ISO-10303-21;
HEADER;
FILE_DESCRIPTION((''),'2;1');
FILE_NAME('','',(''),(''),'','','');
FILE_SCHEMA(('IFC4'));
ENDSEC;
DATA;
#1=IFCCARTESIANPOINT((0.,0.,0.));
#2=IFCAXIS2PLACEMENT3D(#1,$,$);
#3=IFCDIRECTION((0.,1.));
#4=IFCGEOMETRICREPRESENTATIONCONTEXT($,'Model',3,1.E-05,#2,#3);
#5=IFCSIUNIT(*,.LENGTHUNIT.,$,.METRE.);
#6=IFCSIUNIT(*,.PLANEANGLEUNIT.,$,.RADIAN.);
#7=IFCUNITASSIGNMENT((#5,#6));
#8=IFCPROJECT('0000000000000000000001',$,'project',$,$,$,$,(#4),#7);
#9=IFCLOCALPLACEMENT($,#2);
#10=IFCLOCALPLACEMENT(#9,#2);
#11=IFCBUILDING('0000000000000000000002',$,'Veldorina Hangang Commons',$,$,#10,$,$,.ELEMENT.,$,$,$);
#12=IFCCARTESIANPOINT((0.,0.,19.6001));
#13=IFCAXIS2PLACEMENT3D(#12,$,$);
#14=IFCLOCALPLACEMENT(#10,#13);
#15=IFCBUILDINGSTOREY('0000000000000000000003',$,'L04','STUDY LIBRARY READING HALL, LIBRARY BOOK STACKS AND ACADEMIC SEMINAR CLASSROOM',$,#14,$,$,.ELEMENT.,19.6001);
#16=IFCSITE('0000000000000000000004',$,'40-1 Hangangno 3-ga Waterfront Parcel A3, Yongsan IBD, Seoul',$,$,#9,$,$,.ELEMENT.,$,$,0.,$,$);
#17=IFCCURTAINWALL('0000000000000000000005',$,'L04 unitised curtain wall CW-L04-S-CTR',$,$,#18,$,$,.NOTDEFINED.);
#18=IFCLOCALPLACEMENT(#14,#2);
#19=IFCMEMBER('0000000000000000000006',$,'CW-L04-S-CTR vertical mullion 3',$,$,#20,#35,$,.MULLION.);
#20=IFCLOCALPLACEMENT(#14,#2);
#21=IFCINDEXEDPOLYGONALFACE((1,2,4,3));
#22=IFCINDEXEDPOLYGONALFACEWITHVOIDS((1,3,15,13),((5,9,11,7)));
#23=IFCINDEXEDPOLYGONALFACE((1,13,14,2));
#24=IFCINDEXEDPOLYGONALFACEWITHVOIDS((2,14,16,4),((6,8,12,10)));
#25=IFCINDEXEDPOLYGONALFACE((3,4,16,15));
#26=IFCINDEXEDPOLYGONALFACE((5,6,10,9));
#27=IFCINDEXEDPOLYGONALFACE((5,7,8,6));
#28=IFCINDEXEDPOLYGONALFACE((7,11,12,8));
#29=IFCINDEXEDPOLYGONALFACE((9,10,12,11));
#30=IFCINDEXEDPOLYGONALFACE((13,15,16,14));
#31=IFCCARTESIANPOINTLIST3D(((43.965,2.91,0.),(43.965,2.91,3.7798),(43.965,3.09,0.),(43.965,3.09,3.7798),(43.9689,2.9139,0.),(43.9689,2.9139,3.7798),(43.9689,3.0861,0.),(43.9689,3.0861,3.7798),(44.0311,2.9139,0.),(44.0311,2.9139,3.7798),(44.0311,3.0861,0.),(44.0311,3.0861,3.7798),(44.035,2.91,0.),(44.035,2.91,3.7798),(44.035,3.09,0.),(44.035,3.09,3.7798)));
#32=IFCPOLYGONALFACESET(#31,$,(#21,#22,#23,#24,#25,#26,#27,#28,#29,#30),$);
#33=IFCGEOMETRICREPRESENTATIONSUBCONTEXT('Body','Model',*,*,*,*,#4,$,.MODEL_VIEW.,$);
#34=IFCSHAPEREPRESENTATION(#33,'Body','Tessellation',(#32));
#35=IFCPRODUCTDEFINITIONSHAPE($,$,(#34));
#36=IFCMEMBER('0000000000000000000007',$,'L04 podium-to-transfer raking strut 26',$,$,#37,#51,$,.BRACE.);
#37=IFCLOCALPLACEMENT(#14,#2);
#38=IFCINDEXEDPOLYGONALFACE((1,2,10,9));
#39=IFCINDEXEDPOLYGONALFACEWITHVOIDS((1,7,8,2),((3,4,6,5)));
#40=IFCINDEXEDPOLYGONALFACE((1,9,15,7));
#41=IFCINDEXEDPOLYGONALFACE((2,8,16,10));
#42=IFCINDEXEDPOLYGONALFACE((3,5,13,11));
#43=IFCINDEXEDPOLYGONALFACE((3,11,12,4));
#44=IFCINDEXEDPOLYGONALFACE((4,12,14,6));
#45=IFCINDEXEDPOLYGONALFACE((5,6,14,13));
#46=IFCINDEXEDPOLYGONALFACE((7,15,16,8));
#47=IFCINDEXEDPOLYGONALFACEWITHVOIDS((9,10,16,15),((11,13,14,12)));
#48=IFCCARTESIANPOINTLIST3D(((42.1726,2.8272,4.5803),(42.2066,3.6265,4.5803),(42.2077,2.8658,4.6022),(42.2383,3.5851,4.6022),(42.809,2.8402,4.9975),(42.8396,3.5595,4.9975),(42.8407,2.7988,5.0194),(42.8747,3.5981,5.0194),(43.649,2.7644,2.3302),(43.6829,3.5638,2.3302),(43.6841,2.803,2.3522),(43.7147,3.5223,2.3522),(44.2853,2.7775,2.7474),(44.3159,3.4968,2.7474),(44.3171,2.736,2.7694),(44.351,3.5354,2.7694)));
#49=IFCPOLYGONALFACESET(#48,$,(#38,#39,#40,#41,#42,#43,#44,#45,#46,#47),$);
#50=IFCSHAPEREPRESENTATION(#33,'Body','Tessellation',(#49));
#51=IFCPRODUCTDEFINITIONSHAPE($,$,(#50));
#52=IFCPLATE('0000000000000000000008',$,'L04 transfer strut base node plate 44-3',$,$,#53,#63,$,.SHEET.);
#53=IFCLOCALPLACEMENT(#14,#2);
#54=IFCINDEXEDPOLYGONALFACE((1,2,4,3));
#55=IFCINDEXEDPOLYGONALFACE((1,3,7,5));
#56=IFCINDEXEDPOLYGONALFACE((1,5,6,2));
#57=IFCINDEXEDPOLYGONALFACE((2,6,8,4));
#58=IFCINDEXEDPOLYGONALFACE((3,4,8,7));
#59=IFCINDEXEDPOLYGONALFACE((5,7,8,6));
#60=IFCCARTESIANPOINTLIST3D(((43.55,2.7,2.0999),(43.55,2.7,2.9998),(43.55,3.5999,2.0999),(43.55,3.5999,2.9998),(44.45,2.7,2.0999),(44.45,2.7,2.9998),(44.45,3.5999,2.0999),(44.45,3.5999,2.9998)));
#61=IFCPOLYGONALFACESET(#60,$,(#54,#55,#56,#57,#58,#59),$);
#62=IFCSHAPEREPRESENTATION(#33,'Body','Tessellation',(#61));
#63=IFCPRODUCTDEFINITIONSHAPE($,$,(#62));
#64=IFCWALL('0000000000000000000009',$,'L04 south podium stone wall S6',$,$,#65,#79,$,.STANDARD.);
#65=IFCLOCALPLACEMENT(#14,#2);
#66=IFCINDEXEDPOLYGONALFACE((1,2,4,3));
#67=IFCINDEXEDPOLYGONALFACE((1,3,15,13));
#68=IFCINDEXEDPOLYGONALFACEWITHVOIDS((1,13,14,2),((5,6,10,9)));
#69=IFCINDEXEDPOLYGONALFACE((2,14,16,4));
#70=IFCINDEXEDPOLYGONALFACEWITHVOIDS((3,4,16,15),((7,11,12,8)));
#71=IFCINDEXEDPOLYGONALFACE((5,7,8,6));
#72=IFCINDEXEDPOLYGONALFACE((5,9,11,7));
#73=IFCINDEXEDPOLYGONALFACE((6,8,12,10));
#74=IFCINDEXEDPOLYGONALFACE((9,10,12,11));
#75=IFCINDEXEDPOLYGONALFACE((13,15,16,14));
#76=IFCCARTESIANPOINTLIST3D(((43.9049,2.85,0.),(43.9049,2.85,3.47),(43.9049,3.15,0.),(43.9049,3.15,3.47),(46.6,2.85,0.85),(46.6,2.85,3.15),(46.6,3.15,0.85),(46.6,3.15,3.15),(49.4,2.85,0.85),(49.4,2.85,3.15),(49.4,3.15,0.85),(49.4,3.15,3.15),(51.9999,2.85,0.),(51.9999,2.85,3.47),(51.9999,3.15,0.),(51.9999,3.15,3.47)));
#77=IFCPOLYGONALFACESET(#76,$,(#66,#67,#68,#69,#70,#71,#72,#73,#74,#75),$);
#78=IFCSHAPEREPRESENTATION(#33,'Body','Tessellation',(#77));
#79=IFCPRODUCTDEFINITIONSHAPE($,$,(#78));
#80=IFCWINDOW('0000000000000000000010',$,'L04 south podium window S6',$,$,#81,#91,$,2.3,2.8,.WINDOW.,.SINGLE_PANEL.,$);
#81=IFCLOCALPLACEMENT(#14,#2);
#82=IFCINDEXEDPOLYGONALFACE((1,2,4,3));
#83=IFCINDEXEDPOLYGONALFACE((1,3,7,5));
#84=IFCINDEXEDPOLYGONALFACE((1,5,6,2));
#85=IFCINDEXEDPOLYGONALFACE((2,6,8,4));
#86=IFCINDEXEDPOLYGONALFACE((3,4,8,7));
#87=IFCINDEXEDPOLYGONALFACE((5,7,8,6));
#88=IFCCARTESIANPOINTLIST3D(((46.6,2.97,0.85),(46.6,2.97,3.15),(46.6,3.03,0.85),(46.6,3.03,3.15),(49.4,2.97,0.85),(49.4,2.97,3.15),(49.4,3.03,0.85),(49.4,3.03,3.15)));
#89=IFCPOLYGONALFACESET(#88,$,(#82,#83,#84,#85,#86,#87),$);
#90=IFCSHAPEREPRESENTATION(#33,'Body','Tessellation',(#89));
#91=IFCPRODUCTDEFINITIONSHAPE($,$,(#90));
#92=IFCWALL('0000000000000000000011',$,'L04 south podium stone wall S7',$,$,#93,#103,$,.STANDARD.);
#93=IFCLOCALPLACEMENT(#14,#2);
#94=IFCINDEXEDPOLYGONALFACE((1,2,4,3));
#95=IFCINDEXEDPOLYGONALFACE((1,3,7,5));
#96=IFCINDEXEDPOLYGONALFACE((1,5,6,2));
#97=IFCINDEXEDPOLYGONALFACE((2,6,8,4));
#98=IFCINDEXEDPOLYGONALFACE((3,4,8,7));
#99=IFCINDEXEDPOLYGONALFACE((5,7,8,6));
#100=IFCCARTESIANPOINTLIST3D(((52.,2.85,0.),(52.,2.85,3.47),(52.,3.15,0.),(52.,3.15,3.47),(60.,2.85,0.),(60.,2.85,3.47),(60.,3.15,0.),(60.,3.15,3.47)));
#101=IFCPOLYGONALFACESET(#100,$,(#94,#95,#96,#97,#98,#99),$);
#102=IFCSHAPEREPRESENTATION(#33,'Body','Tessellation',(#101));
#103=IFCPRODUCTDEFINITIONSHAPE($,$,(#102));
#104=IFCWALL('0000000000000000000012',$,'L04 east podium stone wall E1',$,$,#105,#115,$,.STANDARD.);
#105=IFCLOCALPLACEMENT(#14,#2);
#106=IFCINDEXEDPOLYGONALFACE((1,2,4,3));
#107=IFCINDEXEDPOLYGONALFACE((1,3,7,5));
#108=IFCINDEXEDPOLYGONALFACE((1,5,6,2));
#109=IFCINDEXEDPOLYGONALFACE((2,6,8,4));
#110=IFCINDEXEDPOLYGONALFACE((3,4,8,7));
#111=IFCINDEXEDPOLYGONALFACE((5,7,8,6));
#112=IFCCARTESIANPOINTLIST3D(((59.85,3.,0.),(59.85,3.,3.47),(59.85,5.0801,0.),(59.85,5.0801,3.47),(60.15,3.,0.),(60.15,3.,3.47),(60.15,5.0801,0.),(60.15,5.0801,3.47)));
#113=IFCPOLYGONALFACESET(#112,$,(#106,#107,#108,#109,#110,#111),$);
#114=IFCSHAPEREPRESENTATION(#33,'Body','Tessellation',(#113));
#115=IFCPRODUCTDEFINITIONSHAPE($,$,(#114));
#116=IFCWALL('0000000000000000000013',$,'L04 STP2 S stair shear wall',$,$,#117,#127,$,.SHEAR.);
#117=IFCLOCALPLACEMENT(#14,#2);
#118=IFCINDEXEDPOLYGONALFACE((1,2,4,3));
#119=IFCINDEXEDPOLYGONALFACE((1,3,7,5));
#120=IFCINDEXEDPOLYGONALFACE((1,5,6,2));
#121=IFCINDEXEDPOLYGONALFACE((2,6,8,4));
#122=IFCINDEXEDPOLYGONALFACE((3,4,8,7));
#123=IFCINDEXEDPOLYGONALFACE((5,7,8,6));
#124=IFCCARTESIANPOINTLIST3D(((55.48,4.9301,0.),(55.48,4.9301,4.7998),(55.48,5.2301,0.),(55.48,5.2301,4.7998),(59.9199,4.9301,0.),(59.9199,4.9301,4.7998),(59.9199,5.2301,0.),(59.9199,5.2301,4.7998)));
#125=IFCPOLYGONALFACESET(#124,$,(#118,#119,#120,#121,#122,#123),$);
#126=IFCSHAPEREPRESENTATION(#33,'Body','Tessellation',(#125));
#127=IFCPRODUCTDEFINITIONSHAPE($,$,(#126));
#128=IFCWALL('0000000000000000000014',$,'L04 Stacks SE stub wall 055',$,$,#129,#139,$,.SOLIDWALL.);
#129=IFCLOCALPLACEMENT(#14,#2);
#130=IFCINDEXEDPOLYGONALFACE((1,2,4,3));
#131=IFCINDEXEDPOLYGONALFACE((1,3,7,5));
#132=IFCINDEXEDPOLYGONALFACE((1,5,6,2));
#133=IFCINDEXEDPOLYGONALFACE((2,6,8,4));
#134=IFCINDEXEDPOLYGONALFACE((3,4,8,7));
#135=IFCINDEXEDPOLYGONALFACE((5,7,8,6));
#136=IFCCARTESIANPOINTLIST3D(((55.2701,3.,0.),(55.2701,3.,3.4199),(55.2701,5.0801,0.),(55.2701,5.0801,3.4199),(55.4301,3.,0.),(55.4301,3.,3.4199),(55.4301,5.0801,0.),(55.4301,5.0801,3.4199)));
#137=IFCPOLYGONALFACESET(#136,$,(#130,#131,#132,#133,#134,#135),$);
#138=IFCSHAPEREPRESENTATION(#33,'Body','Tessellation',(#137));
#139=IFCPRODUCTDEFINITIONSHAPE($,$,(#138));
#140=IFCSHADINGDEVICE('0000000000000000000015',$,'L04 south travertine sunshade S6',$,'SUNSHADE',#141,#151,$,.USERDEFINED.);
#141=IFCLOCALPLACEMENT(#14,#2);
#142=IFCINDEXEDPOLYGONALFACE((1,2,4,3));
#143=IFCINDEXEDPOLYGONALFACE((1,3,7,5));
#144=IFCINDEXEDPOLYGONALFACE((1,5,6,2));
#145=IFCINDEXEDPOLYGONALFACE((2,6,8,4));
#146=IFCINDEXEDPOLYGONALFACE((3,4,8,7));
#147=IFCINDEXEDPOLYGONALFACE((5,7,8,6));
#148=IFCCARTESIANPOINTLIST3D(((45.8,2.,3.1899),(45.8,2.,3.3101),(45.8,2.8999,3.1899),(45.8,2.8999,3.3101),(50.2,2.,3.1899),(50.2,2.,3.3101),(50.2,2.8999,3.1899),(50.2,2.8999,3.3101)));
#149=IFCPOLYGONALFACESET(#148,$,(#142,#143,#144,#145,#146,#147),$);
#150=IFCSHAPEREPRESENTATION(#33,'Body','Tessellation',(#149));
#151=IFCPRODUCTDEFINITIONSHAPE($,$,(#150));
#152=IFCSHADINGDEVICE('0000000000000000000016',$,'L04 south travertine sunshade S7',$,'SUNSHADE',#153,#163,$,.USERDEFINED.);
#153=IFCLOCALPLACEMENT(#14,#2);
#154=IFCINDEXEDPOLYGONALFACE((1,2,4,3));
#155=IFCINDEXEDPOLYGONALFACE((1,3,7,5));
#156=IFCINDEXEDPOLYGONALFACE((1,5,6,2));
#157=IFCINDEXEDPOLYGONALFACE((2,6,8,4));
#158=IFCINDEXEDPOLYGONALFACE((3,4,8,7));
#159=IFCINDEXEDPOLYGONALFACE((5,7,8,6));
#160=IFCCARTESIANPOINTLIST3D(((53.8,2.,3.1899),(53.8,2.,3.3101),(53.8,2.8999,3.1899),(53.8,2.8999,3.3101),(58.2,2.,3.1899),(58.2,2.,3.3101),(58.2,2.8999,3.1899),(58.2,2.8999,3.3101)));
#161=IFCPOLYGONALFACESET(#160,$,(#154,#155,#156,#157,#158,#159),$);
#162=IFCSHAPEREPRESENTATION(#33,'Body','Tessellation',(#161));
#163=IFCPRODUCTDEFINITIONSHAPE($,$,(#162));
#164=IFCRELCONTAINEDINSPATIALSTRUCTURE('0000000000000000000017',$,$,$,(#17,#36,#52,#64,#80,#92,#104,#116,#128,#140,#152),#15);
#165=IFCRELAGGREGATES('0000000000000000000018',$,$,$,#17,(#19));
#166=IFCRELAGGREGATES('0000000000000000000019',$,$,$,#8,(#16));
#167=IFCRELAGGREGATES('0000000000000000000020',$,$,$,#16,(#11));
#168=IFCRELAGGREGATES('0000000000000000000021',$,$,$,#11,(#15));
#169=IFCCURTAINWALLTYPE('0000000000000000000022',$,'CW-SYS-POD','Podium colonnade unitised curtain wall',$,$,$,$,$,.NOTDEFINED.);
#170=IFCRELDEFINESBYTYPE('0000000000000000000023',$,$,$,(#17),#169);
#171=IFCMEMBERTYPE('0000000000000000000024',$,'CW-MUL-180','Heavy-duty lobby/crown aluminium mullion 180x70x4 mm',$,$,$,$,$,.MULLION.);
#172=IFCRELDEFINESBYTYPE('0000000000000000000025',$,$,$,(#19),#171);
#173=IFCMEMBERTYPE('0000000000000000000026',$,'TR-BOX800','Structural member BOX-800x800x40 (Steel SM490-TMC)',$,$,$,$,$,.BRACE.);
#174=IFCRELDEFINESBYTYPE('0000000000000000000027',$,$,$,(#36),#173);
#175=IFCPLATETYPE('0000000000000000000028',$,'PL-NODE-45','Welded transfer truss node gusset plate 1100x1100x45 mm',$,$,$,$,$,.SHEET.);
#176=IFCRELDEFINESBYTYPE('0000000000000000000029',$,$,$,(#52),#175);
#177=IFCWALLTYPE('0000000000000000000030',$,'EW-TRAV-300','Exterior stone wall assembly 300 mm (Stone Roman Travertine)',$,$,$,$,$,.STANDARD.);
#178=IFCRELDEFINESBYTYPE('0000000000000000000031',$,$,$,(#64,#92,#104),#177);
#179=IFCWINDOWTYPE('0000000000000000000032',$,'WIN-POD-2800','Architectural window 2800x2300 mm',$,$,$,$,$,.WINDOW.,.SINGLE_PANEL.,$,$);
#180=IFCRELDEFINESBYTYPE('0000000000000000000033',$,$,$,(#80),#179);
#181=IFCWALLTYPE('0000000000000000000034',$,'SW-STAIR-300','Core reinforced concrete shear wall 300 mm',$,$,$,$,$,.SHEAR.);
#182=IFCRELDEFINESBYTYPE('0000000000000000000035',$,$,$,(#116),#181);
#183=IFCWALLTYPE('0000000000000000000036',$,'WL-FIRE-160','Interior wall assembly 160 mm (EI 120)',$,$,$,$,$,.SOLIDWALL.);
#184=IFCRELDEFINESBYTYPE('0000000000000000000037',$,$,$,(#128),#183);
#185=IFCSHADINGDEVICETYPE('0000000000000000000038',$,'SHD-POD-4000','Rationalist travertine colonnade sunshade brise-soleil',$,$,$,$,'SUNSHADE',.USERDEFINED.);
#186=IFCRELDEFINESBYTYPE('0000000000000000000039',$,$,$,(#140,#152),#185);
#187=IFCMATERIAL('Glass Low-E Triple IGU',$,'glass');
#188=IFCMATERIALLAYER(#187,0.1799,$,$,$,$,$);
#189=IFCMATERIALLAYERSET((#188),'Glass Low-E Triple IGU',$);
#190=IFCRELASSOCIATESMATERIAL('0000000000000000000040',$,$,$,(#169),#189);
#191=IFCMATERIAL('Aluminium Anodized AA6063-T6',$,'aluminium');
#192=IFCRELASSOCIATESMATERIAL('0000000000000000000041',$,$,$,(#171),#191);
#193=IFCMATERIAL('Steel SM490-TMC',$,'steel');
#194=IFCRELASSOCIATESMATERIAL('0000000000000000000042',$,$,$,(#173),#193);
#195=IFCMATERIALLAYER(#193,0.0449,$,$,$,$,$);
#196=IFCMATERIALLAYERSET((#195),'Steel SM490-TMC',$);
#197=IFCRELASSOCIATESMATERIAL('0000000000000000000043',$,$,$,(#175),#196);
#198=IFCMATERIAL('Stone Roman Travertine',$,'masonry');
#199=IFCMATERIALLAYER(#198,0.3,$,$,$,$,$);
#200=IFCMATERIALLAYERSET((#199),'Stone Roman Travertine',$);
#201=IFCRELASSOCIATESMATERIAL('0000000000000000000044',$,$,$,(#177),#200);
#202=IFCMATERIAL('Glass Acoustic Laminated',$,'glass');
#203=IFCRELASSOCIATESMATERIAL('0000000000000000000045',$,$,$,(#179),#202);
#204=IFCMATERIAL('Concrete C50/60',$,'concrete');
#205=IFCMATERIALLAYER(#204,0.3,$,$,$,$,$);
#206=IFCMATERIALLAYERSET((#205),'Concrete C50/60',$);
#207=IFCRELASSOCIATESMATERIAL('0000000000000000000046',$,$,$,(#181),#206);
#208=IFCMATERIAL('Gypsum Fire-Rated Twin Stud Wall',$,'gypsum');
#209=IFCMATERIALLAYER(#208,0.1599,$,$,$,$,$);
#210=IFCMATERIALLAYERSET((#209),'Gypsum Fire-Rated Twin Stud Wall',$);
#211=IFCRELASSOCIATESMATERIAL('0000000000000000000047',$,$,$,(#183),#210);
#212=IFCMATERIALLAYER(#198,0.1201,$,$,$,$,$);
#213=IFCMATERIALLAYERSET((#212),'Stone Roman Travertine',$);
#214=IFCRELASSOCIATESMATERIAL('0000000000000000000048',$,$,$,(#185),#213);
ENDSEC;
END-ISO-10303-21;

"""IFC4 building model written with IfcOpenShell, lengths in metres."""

from ifc_helpers import new_model, si_unit, direction, frame, frame_2d, origin, origin_2d, place, context, subcontext, project, spatial, rectangle, hollow_rectangle, extrude, material, layer, layer_set, material_profile, profile_set, type_object, element, fill, aggregate, save


model = new_model("IFC4")

# Units and contexts
model_context = context("Model", 3, precision=1e-05, world=origin(), true_north=direction((0.0, 1.0)))
body_context = subcontext(model_context, "Body", "Model", "MODEL_VIEW")
ifc_project = project(units=[si_unit("LENGTHUNIT", "METRE"), si_unit("PLANEANGLEUNIT", "RADIAN")], contexts=[model_context])

# Site, building, storey
site_placement = place(None, origin())
site = spatial("IfcSite", under=ifc_project, at=site_placement, Name="40-1 Hangangno 3-ga Waterfront Parcel A3, Yongsan IBD, Seoul", CompositionType="ELEMENT", RefElevation=0.0)
building_placement = place(site_placement, origin())
building = spatial("IfcBuilding", under=site, at=building_placement, Name="Veldorina Hangang Commons", CompositionType="ELEMENT")
storey_placement = place(building_placement, frame((0.0, 0.0, 19.6001)))
storey = spatial("IfcBuildingStorey", under=building, at=storey_placement, Name="L04", Description="STUDY LIBRARY READING HALL, LIBRARY BOOK STACKS AND ACADEMIC SEMINAR CLASSROOM", CompositionType="ELEMENT", Elevation=19.6001)

# Shared definitions
ifc_material_1 = material(Name="Steel SM490-TMC", Category="steel")

# Curtain wall, member
ifc_material_2 = material(Name="Glass Low-E Triple IGU", Category="glass")
ifc_layer_1 = layer(ifc_material_2, 0.1799)
ifc_layer_set_1 = layer_set([ifc_layer_1], Name="Glass Low-E Triple IGU")
curtain_wall_type = type_object("IfcCurtainWallType", Name="CW-SYS-POD", Description="Podium colonnade unitised curtain wall", PredefinedType="NOTDEFINED", material=ifc_layer_set_1)
curtain_wall_placement = place(storey_placement, origin())
curtain_wall = element("IfcCurtainWall", 1, at=curtain_wall_placement, inside=storey, type_object=curtain_wall_type, Name="L04 unitised curtain wall CW-L04-S-CTR", PredefinedType="NOTDEFINED")
ifc_material_3 = material(Name="Aluminium Anodized AA6063-T6", Category="aluminium")
ifc_material_profile_1 = material_profile(ifc_material_3, hollow_rectangle(XDim=0.0701, YDim=0.1799, WallThickness=0.0039, at=origin_2d()), Name="ALU-RHS-180x70x4")
ifc_profile_set_1 = profile_set([ifc_material_profile_1], Name="Aluminium Anodized AA6063-T6")
member_type_1 = type_object("IfcMemberType", Name="CW-MUL-180", Description="Heavy-duty lobby/crown aluminium mullion 180x70x4 mm", PredefinedType="MULLION", material=ifc_profile_set_1)
member_1_placement = place(storey_placement, frame((44.0, 3.0, 0.0), z_axis=(0.0, 0.0, 1.0), x_axis=(-1.0, 0.0, 0.0)))
member_1 = element("IfcMember", 2, at=member_1_placement, type_object=member_type_1, Name="CW-L04-S-CTR vertical mullion 3", PredefinedType="MULLION", context=body_context, shape_type="SweptSolid", body=[
    extrude(hollow_rectangle(XDim=0.0701, YDim=0.1799, WallThickness=0.0039, at=origin_2d()), origin(), (0.0, 0.0, 1.0), 3.7798),
])
aggregate(curtain_wall, [member_1])

# Member
ifc_material_profile_2 = material_profile(ifc_material_1, hollow_rectangle(XDim=0.8, YDim=0.8, WallThickness=0.04, at=origin_2d()), Name="BOX-800x800x40")
ifc_profile_set_2 = profile_set([ifc_material_profile_2], Name="Steel SM490-TMC")
member_type_2 = type_object("IfcMemberType", Name="TR-BOX800", Description="Structural member BOX-800x800x40 (Steel SM490-TMC)", PredefinedType="BRACE", material=ifc_profile_set_2)
member_2_placement = place(storey_placement, frame((44.0, 3.1499, 2.5498), z_axis=(-0.548444, 0.023309, 0.835862), x_axis=(-0.042462, -0.999098, 0.0)))
element("IfcMember", 3, at=member_2_placement, inside=storey, type_object=member_type_2, Name="L04 podium-to-transfer raking strut 26", PredefinedType="BRACE", context=body_context, shape_type="SweptSolid", body=[
    extrude(hollow_rectangle(XDim=0.8, YDim=0.8, WallThickness=0.04, at=origin_2d()), origin(), (0.0, 0.0, 1.0), 2.6919),
])

# Plate
ifc_layer_2 = layer(ifc_material_1, 0.0449)
ifc_layer_set_2 = layer_set([ifc_layer_2], Name="Steel SM490-TMC")
plate_type = type_object("IfcPlateType", Name="PL-NODE-45", Description="Welded transfer truss node gusset plate 1100x1100x45 mm", PredefinedType="SHEET", material=ifc_layer_set_2)
plate_placement = place(storey_placement, frame((44.0, 3.1499, 2.0999), z_axis=(0.0, 0.0, 1.0), x_axis=(1.0, 0.0, 0.0)))
element("IfcPlate", 4, at=plate_placement, inside=storey, type_object=plate_type, Name="L04 transfer strut base node plate 44-3", PredefinedType="SHEET", context=body_context, shape_type="SweptSolid", body=[
    extrude(rectangle(XDim=0.8999, YDim=0.8999, at=origin_2d()), origin(), (0.0, 0.0, 1.0), 0.8999),
])

# Wall, opening, window
ifc_material_4 = material(Name="Stone Roman Travertine", Category="masonry")
ifc_layer_3 = layer(ifc_material_4, 0.3)
ifc_layer_set_3 = layer_set([ifc_layer_3], Name="Stone Roman Travertine")
wall_type_1 = type_object("IfcWallType", Name="EW-TRAV-300", Description="Exterior stone wall assembly 300 mm (Stone Roman Travertine)", PredefinedType="STANDARD", material=ifc_layer_set_3)
wall_1_placement = place(storey_placement, frame((43.905, 3.0, 0.0), z_axis=(0.0, 0.0, 1.0), x_axis=(1.0, 0.0, 0.0)))
wall_1 = element("IfcWall", 5, at=wall_1_placement, inside=storey, type_object=wall_type_1, Name="L04 south podium stone wall S6", PredefinedType="STANDARD", context=body_context, shape_type="SweptSolid", body=[
    extrude(rectangle(XDim=8.095, YDim=0.3, at=frame_2d((4.0474, 0.0))), origin(), (0.0, 0.0, 1.0), 3.47),
])
opening_placement = place(wall_1_placement, frame((2.6951, 0.0, 0.8501)))
opening = element("IfcOpeningElement", 6, at=opening_placement, cuts=wall_1, PredefinedType="OPENING", context=body_context, shape_type="SweptSolid", body=[
    extrude(rectangle(XDim=2.8, YDim=2.3, at=frame_2d((1.3999, 1.1499))), frame((0.0, 0.1602, 0.0), z_axis=(0.0, -1.0, 0.0), x_axis=(1.0, 0.0, 0.0)), (0.0, 0.0, 1.0), 0.3201),
])
ifc_material_5 = material(Name="Glass Acoustic Laminated", Category="glass")
window_type = type_object("IfcWindowType", Name="WIN-POD-2800", Description="Architectural window 2800x2300 mm", PartitioningType="SINGLE_PANEL", PredefinedType="WINDOW", material=ifc_material_5)
window_placement = place(opening_placement, origin())
window = element("IfcWindow", 7, at=window_placement, inside=storey, type_object=window_type, Name="L04 south podium window S6", OverallHeight=2.3, OverallWidth=2.8, PartitioningType="SINGLE_PANEL", PredefinedType="WINDOW", context=body_context, shape_type="SweptSolid", body=[
    extrude(rectangle(XDim=2.8, YDim=2.3, at=frame_2d((1.3999, 1.1499))), frame((0.0, 0.03, 0.0), z_axis=(0.0, -1.0, 0.0), x_axis=(1.0, 0.0, 0.0)), (0.0, 0.0, 1.0), 0.0601),
])
fill(opening, window)

# Walls
wall_2_placement = place(storey_placement, frame((52.0, 3.0, 0.0), z_axis=(0.0, 0.0, 1.0), x_axis=(1.0, 0.0, 0.0)))
element("IfcWall", 8, at=wall_2_placement, inside=storey, type_object=wall_type_1, Name="L04 south podium stone wall S7", PredefinedType="STANDARD", context=body_context, shape_type="SweptSolid", body=[
    extrude(rectangle(XDim=8.0, YDim=0.3, at=frame_2d((4.0, 0.0))), origin(), (0.0, 0.0, 1.0), 3.47),
])
wall_3_placement = place(storey_placement, frame((60.0, 3.0, 0.0), z_axis=(0.0, 0.0, 1.0), x_axis=(0.0, 1.0, 0.0)))
element("IfcWall", 9, at=wall_3_placement, inside=storey, type_object=wall_type_1, Name="L04 east podium stone wall E1", PredefinedType="STANDARD", context=body_context, shape_type="SweptSolid", body=[
    extrude(rectangle(XDim=2.0801, YDim=0.3, at=frame_2d((1.04, 0.0))), origin(), (0.0, 0.0, 1.0), 3.47),
])
ifc_material_6 = material(Name="Concrete C50/60", Category="concrete")
ifc_layer_4 = layer(ifc_material_6, 0.3)
ifc_layer_set_4 = layer_set([ifc_layer_4], Name="Concrete C50/60")
wall_type_2 = type_object("IfcWallType", Name="SW-STAIR-300", Description="Core reinforced concrete shear wall 300 mm", PredefinedType="SHEAR", material=ifc_layer_set_4)
wall_4_placement = place(storey_placement, frame((55.48, 5.0801, 0.0), z_axis=(0.0, 0.0, 1.0), x_axis=(1.0, 0.0, 0.0)))
element("IfcWall", 10, at=wall_4_placement, inside=storey, type_object=wall_type_2, Name="L04 STP2 S stair shear wall", PredefinedType="SHEAR", context=body_context, shape_type="SweptSolid", body=[
    extrude(rectangle(XDim=4.4399, YDim=0.3, at=frame_2d((2.22, 0.0))), origin(), (0.0, 0.0, 1.0), 4.7998),
])
ifc_material_7 = material(Name="Gypsum Fire-Rated Twin Stud Wall", Category="gypsum")
ifc_layer_5 = layer(ifc_material_7, 0.1599)
ifc_layer_set_5 = layer_set([ifc_layer_5], Name="Gypsum Fire-Rated Twin Stud Wall")
wall_type_3 = type_object("IfcWallType", Name="WL-FIRE-160", Description="Interior wall assembly 160 mm (EI 120)", PredefinedType="SOLIDWALL", material=ifc_layer_set_5)
wall_5_placement = place(storey_placement, frame((55.3501, 3.0, 0.0), z_axis=(0.0, 0.0, 1.0), x_axis=(0.0, 1.0, 0.0)))
element("IfcWall", 11, at=wall_5_placement, inside=storey, type_object=wall_type_3, Name="L04 Stacks SE stub wall 055", PredefinedType="SOLIDWALL", context=body_context, shape_type="SweptSolid", body=[
    extrude(rectangle(XDim=2.0801, YDim=0.1599, at=frame_2d((1.04, 0.0))), origin(), (0.0, 0.0, 1.0), 3.4199),
])

# Shading devices
ifc_layer_6 = layer(ifc_material_4, 0.1201)
ifc_layer_set_6 = layer_set([ifc_layer_6], Name="Stone Roman Travertine")
shading_device_type = type_object("IfcShadingDeviceType", Name="SHD-POD-4000", Description="Rationalist travertine colonnade sunshade brise-soleil", ElementType="SUNSHADE", PredefinedType="USERDEFINED", material=ifc_layer_set_6)
for number, where, z_axis, x_axis, name in (
    (12, (48.0, 2.45, 3.1899), (0.0, 0.0, 1.0), (1.0, 0.0, 0.0), "L04 south travertine sunshade S6"),
    (13, (56.0, 2.45, 3.1899), (0.0, 0.0, 1.0), (1.0, 0.0, 0.0), "L04 south travertine sunshade S7"),
):
    element("IfcShadingDevice", number, at=place(storey_placement, frame(where, z_axis=z_axis, x_axis=x_axis)), inside=storey, type_object=shading_device_type, Name=name, ObjectType="SUNSHADE", PredefinedType="USERDEFINED", context=body_context, shape_type="SweptSolid", body=[
        extrude(rectangle(XDim=4.3999, YDim=0.8999, at=origin_2d()), origin(), (0.0, 0.0, 1.0), 0.1201),
    ])

save(model, "model.ifc")
